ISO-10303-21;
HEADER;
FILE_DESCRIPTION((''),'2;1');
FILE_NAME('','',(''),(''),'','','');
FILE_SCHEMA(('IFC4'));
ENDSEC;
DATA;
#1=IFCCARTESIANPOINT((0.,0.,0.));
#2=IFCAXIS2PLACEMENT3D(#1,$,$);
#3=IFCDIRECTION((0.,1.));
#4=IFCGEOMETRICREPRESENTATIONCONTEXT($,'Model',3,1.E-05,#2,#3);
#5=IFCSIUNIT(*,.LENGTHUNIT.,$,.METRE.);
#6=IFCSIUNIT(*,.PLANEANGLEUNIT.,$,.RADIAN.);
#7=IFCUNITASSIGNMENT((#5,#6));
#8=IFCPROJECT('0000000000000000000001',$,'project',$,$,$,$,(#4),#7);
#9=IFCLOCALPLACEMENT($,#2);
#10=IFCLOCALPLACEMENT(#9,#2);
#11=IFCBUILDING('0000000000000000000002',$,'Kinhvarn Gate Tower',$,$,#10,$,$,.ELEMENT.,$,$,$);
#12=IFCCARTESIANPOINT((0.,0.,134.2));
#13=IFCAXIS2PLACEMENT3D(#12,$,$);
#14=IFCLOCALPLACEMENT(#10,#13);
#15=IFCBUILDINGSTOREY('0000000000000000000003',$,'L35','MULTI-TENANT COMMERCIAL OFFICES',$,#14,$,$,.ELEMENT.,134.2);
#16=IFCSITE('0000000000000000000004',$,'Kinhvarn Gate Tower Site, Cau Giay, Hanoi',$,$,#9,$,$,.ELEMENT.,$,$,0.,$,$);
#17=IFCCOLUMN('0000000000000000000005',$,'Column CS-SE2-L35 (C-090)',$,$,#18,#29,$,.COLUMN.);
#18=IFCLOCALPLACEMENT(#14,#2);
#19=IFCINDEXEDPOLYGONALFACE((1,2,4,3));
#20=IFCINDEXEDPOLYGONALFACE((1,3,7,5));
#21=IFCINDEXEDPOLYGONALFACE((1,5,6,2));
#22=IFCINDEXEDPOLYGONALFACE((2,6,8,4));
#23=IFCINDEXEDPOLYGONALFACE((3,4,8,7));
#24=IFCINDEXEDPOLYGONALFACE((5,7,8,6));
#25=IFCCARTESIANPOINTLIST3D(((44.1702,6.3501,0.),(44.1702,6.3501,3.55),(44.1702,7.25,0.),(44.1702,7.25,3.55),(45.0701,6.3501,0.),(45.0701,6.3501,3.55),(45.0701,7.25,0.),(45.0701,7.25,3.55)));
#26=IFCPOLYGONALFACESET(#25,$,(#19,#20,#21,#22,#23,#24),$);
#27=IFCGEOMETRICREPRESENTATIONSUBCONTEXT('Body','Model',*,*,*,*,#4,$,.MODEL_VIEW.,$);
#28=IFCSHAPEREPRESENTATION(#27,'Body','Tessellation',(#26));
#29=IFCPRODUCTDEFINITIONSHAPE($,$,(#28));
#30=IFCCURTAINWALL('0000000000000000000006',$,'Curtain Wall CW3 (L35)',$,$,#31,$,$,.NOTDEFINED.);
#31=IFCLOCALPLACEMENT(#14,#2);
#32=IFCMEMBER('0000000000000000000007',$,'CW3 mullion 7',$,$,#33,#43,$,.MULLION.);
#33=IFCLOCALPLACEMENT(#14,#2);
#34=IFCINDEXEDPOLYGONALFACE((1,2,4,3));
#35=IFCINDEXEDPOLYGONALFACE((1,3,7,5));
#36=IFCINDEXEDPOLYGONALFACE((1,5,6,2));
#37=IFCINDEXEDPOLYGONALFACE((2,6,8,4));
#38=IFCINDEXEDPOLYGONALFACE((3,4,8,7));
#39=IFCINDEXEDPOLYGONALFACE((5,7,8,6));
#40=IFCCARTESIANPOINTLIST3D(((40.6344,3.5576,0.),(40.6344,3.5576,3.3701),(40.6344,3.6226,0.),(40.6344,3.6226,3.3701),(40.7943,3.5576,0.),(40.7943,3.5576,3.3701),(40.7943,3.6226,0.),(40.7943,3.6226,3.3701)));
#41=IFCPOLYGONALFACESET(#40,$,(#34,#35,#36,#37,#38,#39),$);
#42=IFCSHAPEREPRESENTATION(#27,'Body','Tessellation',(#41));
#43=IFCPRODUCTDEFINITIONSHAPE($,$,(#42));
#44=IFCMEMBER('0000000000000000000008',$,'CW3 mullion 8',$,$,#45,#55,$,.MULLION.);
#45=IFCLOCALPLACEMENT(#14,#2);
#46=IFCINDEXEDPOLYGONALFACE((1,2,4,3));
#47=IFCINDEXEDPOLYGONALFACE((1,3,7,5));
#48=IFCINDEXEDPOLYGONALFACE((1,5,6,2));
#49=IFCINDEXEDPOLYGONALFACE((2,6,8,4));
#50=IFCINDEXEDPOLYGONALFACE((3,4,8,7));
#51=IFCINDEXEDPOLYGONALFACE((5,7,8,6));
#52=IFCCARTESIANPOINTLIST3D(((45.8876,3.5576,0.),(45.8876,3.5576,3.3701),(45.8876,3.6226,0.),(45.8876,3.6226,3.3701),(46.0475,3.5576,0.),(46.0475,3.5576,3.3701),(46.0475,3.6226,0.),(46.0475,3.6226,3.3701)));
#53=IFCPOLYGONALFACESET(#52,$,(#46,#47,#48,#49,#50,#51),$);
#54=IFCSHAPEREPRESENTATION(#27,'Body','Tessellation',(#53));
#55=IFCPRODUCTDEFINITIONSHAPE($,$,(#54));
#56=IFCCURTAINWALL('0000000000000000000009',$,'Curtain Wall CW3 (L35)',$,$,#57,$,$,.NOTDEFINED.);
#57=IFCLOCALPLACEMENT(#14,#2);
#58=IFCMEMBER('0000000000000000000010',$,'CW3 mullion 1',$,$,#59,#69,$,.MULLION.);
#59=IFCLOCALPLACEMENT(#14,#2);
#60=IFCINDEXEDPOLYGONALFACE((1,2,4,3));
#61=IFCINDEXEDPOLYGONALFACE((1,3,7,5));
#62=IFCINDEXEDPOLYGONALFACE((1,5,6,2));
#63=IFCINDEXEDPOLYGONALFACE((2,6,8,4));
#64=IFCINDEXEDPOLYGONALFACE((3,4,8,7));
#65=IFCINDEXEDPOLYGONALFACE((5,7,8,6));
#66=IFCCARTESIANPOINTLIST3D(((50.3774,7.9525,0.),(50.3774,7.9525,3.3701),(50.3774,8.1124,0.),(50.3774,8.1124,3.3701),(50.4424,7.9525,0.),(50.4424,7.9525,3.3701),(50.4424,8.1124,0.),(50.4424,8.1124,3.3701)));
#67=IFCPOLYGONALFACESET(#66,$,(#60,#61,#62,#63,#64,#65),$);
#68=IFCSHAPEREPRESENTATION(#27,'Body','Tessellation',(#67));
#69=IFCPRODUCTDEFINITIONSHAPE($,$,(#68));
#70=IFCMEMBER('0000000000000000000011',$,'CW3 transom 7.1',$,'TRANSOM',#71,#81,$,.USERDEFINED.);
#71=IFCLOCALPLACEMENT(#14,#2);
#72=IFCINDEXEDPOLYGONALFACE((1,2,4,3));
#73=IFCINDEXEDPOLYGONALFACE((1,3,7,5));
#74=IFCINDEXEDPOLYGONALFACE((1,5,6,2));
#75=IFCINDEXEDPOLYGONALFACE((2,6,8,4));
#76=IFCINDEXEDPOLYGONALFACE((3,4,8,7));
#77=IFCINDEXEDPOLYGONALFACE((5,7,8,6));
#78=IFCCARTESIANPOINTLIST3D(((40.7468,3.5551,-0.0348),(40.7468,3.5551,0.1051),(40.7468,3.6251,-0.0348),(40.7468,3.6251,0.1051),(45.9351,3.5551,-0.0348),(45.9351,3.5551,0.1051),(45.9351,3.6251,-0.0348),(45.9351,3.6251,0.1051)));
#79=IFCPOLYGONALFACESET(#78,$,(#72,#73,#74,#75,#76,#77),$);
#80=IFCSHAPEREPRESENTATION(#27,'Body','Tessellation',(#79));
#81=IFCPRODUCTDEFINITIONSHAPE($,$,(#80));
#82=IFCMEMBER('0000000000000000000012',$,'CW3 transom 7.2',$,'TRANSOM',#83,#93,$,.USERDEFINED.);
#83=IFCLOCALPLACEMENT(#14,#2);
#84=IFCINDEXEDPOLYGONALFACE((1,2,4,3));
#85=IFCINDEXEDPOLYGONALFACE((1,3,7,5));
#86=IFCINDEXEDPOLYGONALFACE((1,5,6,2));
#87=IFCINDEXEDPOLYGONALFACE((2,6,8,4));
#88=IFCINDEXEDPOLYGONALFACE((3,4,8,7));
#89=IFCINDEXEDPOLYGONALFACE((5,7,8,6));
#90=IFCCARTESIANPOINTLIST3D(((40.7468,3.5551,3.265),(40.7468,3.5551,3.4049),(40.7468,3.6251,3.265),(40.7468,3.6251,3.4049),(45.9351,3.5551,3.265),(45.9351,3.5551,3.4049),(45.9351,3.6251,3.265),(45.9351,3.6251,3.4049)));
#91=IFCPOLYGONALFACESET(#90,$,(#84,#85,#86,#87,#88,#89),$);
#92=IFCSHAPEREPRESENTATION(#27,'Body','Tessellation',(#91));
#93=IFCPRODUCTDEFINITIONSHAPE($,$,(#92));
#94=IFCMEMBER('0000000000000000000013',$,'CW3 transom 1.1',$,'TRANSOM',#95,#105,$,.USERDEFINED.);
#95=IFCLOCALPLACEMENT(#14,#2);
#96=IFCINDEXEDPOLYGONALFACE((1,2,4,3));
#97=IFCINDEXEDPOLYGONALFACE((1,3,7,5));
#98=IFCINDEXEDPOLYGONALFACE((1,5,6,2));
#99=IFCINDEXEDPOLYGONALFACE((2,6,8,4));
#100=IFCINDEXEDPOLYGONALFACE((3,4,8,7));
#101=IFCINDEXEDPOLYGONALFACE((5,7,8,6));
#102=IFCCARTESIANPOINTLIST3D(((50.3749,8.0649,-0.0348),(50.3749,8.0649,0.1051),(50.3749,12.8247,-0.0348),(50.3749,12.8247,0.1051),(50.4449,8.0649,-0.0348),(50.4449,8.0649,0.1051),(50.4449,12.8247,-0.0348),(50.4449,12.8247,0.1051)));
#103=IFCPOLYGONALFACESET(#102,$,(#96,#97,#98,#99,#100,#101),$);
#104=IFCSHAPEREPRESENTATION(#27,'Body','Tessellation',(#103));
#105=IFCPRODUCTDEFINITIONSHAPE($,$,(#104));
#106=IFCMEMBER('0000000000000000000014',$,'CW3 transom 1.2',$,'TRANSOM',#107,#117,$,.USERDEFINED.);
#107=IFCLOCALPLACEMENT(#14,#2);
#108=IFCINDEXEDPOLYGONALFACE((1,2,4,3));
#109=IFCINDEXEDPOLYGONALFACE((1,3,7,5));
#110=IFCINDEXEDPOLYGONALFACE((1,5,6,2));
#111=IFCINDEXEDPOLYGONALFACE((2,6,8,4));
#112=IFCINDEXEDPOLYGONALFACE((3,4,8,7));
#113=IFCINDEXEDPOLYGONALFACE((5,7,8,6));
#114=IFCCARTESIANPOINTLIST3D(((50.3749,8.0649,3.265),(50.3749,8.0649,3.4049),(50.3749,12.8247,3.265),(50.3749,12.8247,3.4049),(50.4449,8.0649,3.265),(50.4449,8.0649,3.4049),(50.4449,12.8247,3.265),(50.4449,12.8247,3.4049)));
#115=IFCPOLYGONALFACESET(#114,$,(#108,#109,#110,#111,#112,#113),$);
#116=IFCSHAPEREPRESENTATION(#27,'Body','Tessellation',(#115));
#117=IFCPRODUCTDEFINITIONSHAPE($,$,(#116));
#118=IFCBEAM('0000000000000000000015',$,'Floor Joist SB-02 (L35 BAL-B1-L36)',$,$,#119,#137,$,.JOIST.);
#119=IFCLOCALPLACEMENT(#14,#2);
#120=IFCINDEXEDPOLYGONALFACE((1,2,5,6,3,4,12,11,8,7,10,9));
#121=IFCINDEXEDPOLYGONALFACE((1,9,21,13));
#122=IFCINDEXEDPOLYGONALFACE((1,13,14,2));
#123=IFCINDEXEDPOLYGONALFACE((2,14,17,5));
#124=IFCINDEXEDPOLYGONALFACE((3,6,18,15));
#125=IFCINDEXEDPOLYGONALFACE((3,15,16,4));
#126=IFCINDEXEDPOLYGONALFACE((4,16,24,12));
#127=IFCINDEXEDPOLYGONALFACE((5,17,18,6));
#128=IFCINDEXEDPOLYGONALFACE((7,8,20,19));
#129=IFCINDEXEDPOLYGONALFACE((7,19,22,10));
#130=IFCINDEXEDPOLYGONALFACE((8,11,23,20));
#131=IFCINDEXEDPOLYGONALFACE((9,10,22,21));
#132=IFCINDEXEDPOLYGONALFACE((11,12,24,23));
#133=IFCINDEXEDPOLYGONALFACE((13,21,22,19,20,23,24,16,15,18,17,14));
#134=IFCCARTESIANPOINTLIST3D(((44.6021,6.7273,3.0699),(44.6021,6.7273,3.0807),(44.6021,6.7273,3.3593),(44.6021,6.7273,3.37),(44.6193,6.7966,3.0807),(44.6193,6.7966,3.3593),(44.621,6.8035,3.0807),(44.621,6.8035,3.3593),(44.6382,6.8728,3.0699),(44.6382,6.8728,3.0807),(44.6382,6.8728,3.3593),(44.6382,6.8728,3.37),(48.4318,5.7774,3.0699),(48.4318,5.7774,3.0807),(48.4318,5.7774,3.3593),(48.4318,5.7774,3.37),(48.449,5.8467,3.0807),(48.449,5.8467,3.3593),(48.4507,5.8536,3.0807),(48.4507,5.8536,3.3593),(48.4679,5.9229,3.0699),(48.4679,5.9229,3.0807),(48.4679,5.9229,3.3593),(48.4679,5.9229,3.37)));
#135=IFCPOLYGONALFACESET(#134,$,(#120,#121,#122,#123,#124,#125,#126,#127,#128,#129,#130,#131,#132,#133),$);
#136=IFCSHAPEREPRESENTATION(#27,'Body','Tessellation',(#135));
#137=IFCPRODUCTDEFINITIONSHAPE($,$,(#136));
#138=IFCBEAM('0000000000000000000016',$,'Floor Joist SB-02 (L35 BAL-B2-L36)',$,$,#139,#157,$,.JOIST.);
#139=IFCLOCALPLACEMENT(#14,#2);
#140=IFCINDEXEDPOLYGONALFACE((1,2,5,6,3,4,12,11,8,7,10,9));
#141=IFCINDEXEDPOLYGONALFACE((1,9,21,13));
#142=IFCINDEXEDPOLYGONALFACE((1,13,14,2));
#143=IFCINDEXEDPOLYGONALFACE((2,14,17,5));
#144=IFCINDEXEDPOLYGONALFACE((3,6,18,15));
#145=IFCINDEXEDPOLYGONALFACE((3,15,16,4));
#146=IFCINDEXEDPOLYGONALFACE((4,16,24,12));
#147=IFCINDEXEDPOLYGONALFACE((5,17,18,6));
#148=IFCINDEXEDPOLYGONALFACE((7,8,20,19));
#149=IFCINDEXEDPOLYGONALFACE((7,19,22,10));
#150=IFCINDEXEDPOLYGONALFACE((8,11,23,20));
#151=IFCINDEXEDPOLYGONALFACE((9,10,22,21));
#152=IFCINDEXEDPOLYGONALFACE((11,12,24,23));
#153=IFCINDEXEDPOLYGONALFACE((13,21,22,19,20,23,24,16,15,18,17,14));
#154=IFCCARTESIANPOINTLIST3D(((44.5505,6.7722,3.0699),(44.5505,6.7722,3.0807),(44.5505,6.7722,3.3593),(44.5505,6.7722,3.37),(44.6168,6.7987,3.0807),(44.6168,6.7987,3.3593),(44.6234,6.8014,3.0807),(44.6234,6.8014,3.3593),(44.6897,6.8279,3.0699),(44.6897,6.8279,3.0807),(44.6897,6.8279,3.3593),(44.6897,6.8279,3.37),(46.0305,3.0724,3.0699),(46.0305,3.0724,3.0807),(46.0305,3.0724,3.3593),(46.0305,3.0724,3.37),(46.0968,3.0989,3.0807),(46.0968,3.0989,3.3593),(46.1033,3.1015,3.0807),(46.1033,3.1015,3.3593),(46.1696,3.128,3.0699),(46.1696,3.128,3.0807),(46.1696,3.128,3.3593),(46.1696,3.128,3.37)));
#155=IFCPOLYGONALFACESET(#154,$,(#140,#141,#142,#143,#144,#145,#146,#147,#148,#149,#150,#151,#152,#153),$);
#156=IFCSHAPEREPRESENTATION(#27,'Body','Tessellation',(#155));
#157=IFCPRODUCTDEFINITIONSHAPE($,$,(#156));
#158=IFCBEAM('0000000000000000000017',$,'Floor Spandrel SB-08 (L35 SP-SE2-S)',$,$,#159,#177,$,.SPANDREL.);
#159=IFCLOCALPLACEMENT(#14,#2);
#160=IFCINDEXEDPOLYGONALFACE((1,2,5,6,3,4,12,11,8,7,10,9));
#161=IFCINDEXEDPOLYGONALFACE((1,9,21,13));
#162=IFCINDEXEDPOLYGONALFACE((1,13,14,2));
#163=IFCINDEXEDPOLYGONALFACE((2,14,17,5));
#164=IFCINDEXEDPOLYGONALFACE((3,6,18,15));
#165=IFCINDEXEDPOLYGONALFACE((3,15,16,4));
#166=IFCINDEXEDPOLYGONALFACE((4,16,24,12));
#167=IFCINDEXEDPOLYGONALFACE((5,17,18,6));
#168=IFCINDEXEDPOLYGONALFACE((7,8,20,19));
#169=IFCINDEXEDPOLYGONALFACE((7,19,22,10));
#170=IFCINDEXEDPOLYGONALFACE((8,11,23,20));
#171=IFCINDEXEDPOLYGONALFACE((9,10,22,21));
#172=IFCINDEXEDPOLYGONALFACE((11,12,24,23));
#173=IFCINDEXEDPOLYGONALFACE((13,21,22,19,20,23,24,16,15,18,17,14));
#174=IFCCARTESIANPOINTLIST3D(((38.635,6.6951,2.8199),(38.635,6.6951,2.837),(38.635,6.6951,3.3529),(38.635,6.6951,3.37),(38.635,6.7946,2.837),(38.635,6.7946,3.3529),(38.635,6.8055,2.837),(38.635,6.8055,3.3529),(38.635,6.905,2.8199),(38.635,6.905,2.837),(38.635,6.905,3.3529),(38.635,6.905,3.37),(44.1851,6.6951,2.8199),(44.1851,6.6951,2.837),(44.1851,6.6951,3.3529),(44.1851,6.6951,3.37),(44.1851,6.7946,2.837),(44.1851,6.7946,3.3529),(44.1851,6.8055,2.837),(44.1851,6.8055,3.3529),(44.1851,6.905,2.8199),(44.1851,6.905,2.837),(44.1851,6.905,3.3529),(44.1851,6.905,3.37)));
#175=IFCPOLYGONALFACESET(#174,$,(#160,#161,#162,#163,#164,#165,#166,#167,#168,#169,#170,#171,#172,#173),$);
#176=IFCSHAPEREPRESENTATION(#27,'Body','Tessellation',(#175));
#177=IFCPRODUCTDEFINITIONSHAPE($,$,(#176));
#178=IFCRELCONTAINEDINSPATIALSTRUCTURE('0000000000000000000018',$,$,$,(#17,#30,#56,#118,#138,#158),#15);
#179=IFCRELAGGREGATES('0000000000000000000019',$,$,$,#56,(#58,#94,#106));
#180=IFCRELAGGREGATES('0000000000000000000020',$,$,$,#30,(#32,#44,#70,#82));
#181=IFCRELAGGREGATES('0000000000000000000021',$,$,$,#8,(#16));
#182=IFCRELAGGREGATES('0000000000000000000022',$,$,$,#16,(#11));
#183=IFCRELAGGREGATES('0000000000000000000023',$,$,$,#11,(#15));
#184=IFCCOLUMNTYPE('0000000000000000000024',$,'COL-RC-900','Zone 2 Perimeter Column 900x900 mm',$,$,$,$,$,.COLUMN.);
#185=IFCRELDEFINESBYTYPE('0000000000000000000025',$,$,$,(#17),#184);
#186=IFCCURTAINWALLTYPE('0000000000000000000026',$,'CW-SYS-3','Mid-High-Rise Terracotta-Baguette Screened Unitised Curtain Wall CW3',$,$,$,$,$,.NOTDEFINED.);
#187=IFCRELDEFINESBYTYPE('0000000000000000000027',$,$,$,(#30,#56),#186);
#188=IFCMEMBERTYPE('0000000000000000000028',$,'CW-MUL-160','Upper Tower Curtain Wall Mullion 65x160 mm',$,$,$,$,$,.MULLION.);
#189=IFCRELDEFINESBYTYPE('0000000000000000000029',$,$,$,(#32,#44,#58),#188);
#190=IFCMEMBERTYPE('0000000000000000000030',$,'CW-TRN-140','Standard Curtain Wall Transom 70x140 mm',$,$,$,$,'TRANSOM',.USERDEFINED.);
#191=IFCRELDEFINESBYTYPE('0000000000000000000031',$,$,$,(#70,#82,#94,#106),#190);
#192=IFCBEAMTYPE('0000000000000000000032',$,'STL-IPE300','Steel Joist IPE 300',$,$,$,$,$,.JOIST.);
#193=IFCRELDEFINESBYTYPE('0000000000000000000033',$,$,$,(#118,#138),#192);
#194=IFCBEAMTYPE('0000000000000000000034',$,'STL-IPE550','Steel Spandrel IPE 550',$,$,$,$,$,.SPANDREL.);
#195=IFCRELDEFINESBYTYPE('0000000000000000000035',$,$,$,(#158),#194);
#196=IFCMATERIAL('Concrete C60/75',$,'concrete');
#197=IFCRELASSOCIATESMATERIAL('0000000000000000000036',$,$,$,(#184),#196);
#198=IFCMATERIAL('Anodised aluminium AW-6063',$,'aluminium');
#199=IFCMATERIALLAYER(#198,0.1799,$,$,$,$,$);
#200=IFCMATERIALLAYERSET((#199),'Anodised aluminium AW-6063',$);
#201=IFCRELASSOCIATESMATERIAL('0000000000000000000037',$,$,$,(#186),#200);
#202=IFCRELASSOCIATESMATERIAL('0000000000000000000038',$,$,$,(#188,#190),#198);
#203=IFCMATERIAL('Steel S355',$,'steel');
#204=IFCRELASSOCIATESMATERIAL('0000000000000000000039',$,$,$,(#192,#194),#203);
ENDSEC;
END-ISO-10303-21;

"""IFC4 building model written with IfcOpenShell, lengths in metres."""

from ifc_helpers import new_model, si_unit, direction, frame, origin, origin_2d, place, context, subcontext, project, spatial, rectangle, i_section, extrude, material, layer, layer_set, material_profile, profile_set, type_object, element, aggregate, save


model = new_model("IFC4")

# Units and contexts
model_context = context("Model", 3, precision=1e-05, world=origin(), true_north=direction((0.0, 1.0)))
body_context = subcontext(model_context, "Body", "Model", "MODEL_VIEW")
ifc_project = project(units=[si_unit("LENGTHUNIT", "METRE"), si_unit("PLANEANGLEUNIT", "RADIAN")], contexts=[model_context])

# Site, building, storey
site_placement = place(None, origin())
site = spatial("IfcSite", under=ifc_project, at=site_placement, Name="Kinhvarn Gate Tower Site, Cau Giay, Hanoi", CompositionType="ELEMENT", RefElevation=0.0)
building_placement = place(site_placement, origin())
building = spatial("IfcBuilding", under=site, at=building_placement, Name="Kinhvarn Gate Tower", CompositionType="ELEMENT")
storey_placement = place(building_placement, frame((0.0, 0.0, 134.2)))
storey = spatial("IfcBuildingStorey", under=building, at=storey_placement, Name="L35", Description="MULTI-TENANT COMMERCIAL OFFICES", CompositionType="ELEMENT", Elevation=134.2)

# Column
ifc_material_1 = material(Name="Concrete C60/75", Category="concrete")
ifc_material_profile_1 = material_profile(ifc_material_1, rectangle(XDim=0.8999, YDim=0.8999, at=origin_2d()), Name="RC 900x900")
ifc_profile_set_1 = profile_set([ifc_material_profile_1], Name="Concrete C60/75")
column_type = type_object("IfcColumnType", Name="COL-RC-900", Description="Zone 2 Perimeter Column 900x900 mm", PredefinedType="COLUMN", material=ifc_profile_set_1)
column_placement = place(storey_placement, frame((44.6201, 6.8, 0.0), z_axis=(0.0, 0.0, 1.0), x_axis=(1.0, 0.0, 0.0)))
element("IfcColumn", 1, at=column_placement, inside=storey, type_object=column_type, Name="Column CS-SE2-L35 (C-090)", PredefinedType="COLUMN", context=body_context, shape_type="SweptSolid", body=[
    extrude(rectangle(XDim=0.8999, YDim=0.8999, at=origin_2d()), origin(), (0.0, 0.0, 1.0), 3.55),
])

# Curtain wall, members
ifc_material_2 = material(Name="Anodised aluminium AW-6063", Category="aluminium")
ifc_layer_1 = layer(ifc_material_2, 0.1799)
ifc_layer_set_1 = layer_set([ifc_layer_1], Name="Anodised aluminium AW-6063")
curtain_wall_type = type_object("IfcCurtainWallType", Name="CW-SYS-3", Description="Mid-High-Rise Terracotta-Baguette Screened Unitised Curtain Wall CW3", PredefinedType="NOTDEFINED", material=ifc_layer_set_1)
curtain_wall_1_placement = place(storey_placement, origin())
curtain_wall_1 = element("IfcCurtainWall", 2, at=curtain_wall_1_placement, inside=storey, type_object=curtain_wall_type, Name="Curtain Wall CW3 (L35)", PredefinedType="NOTDEFINED")
ifc_material_profile_2 = material_profile(ifc_material_2, rectangle(XDim=0.0649, YDim=0.1599, at=origin_2d()), Name="ALU 65x160")
ifc_profile_set_2 = profile_set([ifc_material_profile_2], Name="Anodised aluminium AW-6063")
member_type_1 = type_object("IfcMemberType", Name="CW-MUL-160", Description="Upper Tower Curtain Wall Mullion 65x160 mm", PredefinedType="MULLION", material=ifc_profile_set_2)
member_1_placement = place(storey_placement, frame((40.7144, 3.5901, 0.0), z_axis=(0.0, 0.0, 1.0), x_axis=(0.0, 1.0, 0.0)))
member_1 = element("IfcMember", 3, at=member_1_placement, type_object=member_type_1, Name="CW3 mullion 7", PredefinedType="MULLION", context=body_context, shape_type="SweptSolid", body=[
    extrude(rectangle(XDim=0.0649, YDim=0.1599, at=origin_2d()), origin(), (0.0, 0.0, 1.0), 3.3701),
])
member_2_placement = place(storey_placement, frame((45.9675, 3.5901, 0.0), z_axis=(0.0, 0.0, 1.0), x_axis=(0.0, 1.0, 0.0)))
member_2 = element("IfcMember", 4, at=member_2_placement, type_object=member_type_1, Name="CW3 mullion 8", PredefinedType="MULLION", context=body_context, shape_type="SweptSolid", body=[
    extrude(rectangle(XDim=0.0649, YDim=0.1599, at=origin_2d()), origin(), (0.0, 0.0, 1.0), 3.3701),
])

# Curtain wall, member
curtain_wall_2_placement = place(storey_placement, origin())
curtain_wall_2 = element("IfcCurtainWall", 5, at=curtain_wall_2_placement, inside=storey, type_object=curtain_wall_type, Name="Curtain Wall CW3 (L35)", PredefinedType="NOTDEFINED")
member_3_placement = place(storey_placement, frame((50.4099, 8.0325, 0.0), z_axis=(0.0, 0.0, 1.0), x_axis=(-1.0, 0.0, 0.0)))
member_3 = element("IfcMember", 6, at=member_3_placement, type_object=member_type_1, Name="CW3 mullion 1", PredefinedType="MULLION", context=body_context, shape_type="SweptSolid", body=[
    extrude(rectangle(XDim=0.0649, YDim=0.1599, at=origin_2d()), origin(), (0.0, 0.0, 1.0), 3.3701),
])

# Members
ifc_material_profile_3 = material_profile(ifc_material_2, rectangle(XDim=0.0701, YDim=0.1399, at=origin_2d()), Name="ALU 70x140")
ifc_profile_set_3 = profile_set([ifc_material_profile_3], Name="Anodised aluminium AW-6063")
member_type_2 = type_object("IfcMemberType", Name="CW-TRN-140", Description="Standard Curtain Wall Transom 70x140 mm", ElementType="TRANSOM", PredefinedType="USERDEFINED", material=ifc_profile_set_3)
member_4_placement = place(storey_placement, frame((40.7468, 3.5901, 0.0352), z_axis=(1.0, 0.0, 0.0), x_axis=(0.0, 1.0, 0.0)))
member_4 = element("IfcMember", 7, at=member_4_placement, type_object=member_type_2, Name="CW3 transom 7.1", ObjectType="TRANSOM", PredefinedType="USERDEFINED", context=body_context, shape_type="SweptSolid", body=[
    extrude(rectangle(XDim=0.0701, YDim=0.1399, at=origin_2d()), origin(), (0.0, 0.0, 1.0), 5.1882),
])
member_5_placement = place(storey_placement, frame((40.7468, 3.5901, 3.335), z_axis=(1.0, 0.0, 0.0), x_axis=(0.0, 1.0, 0.0)))
member_5 = element("IfcMember", 8, at=member_5_placement, type_object=member_type_2, Name="CW3 transom 7.2", ObjectType="TRANSOM", PredefinedType="USERDEFINED", context=body_context, shape_type="SweptSolid", body=[
    extrude(rectangle(XDim=0.0701, YDim=0.1399, at=origin_2d()), origin(), (0.0, 0.0, 1.0), 5.1882),
])
member_6_placement = place(storey_placement, frame((50.4099, 8.0649, 0.0352), z_axis=(0.0, 1.0, 0.0), x_axis=(-1.0, 0.0, 0.0)))
member_6 = element("IfcMember", 9, at=member_6_placement, type_object=member_type_2, Name="CW3 transom 1.1", ObjectType="TRANSOM", PredefinedType="USERDEFINED", context=body_context, shape_type="SweptSolid", body=[
    extrude(rectangle(XDim=0.0701, YDim=0.1399, at=origin_2d()), origin(), (0.0, 0.0, 1.0), 4.7598),
])
member_7_placement = place(storey_placement, frame((50.4099, 8.0649, 3.335), z_axis=(0.0, 1.0, 0.0), x_axis=(-1.0, 0.0, 0.0)))
member_7 = element("IfcMember", 10, at=member_7_placement, type_object=member_type_2, Name="CW3 transom 1.2", ObjectType="TRANSOM", PredefinedType="USERDEFINED", context=body_context, shape_type="SweptSolid", body=[
    extrude(rectangle(XDim=0.0701, YDim=0.1399, at=origin_2d()), origin(), (0.0, 0.0, 1.0), 4.7598),
])
aggregate(curtain_wall_2, [member_3, member_6, member_7])

# Beams
ifc_material_3 = material(Name="Steel S355", Category="steel")
ifc_material_profile_4 = material_profile(ifc_material_3, i_section(OverallWidth=0.1499, OverallDepth=0.3, WebThickness=0.0071, FlangeThickness=0.0107, at=origin_2d()), Name="IPE 300")
ifc_profile_set_4 = profile_set([ifc_material_profile_4], Name="Steel S355")
beam_type_1 = type_object("IfcBeamType", Name="STL-IPE300", Description="Steel Joist IPE 300", PredefinedType="JOIST", material=ifc_profile_set_4)
beam_1_placement = place(storey_placement, frame((44.6201, 6.8, 3.22), z_axis=(0.970589, -0.240745, 0.0), x_axis=(0.240745, 0.970589, 0.0)))
element("IfcBeam", 11, at=beam_1_placement, inside=storey, type_object=beam_type_1, Name="Floor Joist SB-02 (L35 BAL-B1-L36)", PredefinedType="JOIST", context=body_context, shape_type="SweptSolid", body=[
    extrude(i_section(OverallWidth=0.1499, OverallDepth=0.3, WebThickness=0.0071, FlangeThickness=0.0107, at=origin_2d()), origin(), (0.0, 0.0, 1.0), 3.9458),
])
beam_2_placement = place(storey_placement, frame((44.6201, 6.8, 3.22), z_axis=(0.371391, -0.928477, 0.0), x_axis=(0.928477, 0.371391, 0.0)))
element("IfcBeam", 12, at=beam_2_placement, inside=storey, type_object=beam_type_1, Name="Floor Joist SB-02 (L35 BAL-B2-L36)", PredefinedType="JOIST", context=body_context, shape_type="SweptSolid", body=[
    extrude(i_section(OverallWidth=0.1499, OverallDepth=0.3, WebThickness=0.0071, FlangeThickness=0.0107, at=origin_2d()), origin(), (0.0, 0.0, 1.0), 3.9849),
])
ifc_material_profile_5 = material_profile(ifc_material_3, i_section(OverallWidth=0.21, OverallDepth=0.55, WebThickness=0.011, FlangeThickness=0.0171, at=origin_2d()), Name="IPE 550")
ifc_profile_set_5 = profile_set([ifc_material_profile_5], Name="Steel S355")
beam_type_2 = type_object("IfcBeamType", Name="STL-IPE550", Description="Steel Spandrel IPE 550", PredefinedType="SPANDREL", material=ifc_profile_set_5)
beam_3_placement = place(storey_placement, frame((38.635, 6.8, 3.095), z_axis=(1.0, 0.0, 0.0), x_axis=(0.0, 1.0, 0.0)))
element("IfcBeam", 13, at=beam_3_placement, inside=storey, type_object=beam_type_2, Name="Floor Spandrel SB-08 (L35 SP-SE2-S)", PredefinedType="SPANDREL", context=body_context, shape_type="SweptSolid", body=[
    extrude(i_section(OverallWidth=0.21, OverallDepth=0.55, WebThickness=0.011, FlangeThickness=0.0171, at=origin_2d()), origin(), (0.0, 0.0, 1.0), 5.55),
])

aggregate(curtain_wall_1, [member_1, member_2, member_4, member_5])

save(model, "model.ifc")
